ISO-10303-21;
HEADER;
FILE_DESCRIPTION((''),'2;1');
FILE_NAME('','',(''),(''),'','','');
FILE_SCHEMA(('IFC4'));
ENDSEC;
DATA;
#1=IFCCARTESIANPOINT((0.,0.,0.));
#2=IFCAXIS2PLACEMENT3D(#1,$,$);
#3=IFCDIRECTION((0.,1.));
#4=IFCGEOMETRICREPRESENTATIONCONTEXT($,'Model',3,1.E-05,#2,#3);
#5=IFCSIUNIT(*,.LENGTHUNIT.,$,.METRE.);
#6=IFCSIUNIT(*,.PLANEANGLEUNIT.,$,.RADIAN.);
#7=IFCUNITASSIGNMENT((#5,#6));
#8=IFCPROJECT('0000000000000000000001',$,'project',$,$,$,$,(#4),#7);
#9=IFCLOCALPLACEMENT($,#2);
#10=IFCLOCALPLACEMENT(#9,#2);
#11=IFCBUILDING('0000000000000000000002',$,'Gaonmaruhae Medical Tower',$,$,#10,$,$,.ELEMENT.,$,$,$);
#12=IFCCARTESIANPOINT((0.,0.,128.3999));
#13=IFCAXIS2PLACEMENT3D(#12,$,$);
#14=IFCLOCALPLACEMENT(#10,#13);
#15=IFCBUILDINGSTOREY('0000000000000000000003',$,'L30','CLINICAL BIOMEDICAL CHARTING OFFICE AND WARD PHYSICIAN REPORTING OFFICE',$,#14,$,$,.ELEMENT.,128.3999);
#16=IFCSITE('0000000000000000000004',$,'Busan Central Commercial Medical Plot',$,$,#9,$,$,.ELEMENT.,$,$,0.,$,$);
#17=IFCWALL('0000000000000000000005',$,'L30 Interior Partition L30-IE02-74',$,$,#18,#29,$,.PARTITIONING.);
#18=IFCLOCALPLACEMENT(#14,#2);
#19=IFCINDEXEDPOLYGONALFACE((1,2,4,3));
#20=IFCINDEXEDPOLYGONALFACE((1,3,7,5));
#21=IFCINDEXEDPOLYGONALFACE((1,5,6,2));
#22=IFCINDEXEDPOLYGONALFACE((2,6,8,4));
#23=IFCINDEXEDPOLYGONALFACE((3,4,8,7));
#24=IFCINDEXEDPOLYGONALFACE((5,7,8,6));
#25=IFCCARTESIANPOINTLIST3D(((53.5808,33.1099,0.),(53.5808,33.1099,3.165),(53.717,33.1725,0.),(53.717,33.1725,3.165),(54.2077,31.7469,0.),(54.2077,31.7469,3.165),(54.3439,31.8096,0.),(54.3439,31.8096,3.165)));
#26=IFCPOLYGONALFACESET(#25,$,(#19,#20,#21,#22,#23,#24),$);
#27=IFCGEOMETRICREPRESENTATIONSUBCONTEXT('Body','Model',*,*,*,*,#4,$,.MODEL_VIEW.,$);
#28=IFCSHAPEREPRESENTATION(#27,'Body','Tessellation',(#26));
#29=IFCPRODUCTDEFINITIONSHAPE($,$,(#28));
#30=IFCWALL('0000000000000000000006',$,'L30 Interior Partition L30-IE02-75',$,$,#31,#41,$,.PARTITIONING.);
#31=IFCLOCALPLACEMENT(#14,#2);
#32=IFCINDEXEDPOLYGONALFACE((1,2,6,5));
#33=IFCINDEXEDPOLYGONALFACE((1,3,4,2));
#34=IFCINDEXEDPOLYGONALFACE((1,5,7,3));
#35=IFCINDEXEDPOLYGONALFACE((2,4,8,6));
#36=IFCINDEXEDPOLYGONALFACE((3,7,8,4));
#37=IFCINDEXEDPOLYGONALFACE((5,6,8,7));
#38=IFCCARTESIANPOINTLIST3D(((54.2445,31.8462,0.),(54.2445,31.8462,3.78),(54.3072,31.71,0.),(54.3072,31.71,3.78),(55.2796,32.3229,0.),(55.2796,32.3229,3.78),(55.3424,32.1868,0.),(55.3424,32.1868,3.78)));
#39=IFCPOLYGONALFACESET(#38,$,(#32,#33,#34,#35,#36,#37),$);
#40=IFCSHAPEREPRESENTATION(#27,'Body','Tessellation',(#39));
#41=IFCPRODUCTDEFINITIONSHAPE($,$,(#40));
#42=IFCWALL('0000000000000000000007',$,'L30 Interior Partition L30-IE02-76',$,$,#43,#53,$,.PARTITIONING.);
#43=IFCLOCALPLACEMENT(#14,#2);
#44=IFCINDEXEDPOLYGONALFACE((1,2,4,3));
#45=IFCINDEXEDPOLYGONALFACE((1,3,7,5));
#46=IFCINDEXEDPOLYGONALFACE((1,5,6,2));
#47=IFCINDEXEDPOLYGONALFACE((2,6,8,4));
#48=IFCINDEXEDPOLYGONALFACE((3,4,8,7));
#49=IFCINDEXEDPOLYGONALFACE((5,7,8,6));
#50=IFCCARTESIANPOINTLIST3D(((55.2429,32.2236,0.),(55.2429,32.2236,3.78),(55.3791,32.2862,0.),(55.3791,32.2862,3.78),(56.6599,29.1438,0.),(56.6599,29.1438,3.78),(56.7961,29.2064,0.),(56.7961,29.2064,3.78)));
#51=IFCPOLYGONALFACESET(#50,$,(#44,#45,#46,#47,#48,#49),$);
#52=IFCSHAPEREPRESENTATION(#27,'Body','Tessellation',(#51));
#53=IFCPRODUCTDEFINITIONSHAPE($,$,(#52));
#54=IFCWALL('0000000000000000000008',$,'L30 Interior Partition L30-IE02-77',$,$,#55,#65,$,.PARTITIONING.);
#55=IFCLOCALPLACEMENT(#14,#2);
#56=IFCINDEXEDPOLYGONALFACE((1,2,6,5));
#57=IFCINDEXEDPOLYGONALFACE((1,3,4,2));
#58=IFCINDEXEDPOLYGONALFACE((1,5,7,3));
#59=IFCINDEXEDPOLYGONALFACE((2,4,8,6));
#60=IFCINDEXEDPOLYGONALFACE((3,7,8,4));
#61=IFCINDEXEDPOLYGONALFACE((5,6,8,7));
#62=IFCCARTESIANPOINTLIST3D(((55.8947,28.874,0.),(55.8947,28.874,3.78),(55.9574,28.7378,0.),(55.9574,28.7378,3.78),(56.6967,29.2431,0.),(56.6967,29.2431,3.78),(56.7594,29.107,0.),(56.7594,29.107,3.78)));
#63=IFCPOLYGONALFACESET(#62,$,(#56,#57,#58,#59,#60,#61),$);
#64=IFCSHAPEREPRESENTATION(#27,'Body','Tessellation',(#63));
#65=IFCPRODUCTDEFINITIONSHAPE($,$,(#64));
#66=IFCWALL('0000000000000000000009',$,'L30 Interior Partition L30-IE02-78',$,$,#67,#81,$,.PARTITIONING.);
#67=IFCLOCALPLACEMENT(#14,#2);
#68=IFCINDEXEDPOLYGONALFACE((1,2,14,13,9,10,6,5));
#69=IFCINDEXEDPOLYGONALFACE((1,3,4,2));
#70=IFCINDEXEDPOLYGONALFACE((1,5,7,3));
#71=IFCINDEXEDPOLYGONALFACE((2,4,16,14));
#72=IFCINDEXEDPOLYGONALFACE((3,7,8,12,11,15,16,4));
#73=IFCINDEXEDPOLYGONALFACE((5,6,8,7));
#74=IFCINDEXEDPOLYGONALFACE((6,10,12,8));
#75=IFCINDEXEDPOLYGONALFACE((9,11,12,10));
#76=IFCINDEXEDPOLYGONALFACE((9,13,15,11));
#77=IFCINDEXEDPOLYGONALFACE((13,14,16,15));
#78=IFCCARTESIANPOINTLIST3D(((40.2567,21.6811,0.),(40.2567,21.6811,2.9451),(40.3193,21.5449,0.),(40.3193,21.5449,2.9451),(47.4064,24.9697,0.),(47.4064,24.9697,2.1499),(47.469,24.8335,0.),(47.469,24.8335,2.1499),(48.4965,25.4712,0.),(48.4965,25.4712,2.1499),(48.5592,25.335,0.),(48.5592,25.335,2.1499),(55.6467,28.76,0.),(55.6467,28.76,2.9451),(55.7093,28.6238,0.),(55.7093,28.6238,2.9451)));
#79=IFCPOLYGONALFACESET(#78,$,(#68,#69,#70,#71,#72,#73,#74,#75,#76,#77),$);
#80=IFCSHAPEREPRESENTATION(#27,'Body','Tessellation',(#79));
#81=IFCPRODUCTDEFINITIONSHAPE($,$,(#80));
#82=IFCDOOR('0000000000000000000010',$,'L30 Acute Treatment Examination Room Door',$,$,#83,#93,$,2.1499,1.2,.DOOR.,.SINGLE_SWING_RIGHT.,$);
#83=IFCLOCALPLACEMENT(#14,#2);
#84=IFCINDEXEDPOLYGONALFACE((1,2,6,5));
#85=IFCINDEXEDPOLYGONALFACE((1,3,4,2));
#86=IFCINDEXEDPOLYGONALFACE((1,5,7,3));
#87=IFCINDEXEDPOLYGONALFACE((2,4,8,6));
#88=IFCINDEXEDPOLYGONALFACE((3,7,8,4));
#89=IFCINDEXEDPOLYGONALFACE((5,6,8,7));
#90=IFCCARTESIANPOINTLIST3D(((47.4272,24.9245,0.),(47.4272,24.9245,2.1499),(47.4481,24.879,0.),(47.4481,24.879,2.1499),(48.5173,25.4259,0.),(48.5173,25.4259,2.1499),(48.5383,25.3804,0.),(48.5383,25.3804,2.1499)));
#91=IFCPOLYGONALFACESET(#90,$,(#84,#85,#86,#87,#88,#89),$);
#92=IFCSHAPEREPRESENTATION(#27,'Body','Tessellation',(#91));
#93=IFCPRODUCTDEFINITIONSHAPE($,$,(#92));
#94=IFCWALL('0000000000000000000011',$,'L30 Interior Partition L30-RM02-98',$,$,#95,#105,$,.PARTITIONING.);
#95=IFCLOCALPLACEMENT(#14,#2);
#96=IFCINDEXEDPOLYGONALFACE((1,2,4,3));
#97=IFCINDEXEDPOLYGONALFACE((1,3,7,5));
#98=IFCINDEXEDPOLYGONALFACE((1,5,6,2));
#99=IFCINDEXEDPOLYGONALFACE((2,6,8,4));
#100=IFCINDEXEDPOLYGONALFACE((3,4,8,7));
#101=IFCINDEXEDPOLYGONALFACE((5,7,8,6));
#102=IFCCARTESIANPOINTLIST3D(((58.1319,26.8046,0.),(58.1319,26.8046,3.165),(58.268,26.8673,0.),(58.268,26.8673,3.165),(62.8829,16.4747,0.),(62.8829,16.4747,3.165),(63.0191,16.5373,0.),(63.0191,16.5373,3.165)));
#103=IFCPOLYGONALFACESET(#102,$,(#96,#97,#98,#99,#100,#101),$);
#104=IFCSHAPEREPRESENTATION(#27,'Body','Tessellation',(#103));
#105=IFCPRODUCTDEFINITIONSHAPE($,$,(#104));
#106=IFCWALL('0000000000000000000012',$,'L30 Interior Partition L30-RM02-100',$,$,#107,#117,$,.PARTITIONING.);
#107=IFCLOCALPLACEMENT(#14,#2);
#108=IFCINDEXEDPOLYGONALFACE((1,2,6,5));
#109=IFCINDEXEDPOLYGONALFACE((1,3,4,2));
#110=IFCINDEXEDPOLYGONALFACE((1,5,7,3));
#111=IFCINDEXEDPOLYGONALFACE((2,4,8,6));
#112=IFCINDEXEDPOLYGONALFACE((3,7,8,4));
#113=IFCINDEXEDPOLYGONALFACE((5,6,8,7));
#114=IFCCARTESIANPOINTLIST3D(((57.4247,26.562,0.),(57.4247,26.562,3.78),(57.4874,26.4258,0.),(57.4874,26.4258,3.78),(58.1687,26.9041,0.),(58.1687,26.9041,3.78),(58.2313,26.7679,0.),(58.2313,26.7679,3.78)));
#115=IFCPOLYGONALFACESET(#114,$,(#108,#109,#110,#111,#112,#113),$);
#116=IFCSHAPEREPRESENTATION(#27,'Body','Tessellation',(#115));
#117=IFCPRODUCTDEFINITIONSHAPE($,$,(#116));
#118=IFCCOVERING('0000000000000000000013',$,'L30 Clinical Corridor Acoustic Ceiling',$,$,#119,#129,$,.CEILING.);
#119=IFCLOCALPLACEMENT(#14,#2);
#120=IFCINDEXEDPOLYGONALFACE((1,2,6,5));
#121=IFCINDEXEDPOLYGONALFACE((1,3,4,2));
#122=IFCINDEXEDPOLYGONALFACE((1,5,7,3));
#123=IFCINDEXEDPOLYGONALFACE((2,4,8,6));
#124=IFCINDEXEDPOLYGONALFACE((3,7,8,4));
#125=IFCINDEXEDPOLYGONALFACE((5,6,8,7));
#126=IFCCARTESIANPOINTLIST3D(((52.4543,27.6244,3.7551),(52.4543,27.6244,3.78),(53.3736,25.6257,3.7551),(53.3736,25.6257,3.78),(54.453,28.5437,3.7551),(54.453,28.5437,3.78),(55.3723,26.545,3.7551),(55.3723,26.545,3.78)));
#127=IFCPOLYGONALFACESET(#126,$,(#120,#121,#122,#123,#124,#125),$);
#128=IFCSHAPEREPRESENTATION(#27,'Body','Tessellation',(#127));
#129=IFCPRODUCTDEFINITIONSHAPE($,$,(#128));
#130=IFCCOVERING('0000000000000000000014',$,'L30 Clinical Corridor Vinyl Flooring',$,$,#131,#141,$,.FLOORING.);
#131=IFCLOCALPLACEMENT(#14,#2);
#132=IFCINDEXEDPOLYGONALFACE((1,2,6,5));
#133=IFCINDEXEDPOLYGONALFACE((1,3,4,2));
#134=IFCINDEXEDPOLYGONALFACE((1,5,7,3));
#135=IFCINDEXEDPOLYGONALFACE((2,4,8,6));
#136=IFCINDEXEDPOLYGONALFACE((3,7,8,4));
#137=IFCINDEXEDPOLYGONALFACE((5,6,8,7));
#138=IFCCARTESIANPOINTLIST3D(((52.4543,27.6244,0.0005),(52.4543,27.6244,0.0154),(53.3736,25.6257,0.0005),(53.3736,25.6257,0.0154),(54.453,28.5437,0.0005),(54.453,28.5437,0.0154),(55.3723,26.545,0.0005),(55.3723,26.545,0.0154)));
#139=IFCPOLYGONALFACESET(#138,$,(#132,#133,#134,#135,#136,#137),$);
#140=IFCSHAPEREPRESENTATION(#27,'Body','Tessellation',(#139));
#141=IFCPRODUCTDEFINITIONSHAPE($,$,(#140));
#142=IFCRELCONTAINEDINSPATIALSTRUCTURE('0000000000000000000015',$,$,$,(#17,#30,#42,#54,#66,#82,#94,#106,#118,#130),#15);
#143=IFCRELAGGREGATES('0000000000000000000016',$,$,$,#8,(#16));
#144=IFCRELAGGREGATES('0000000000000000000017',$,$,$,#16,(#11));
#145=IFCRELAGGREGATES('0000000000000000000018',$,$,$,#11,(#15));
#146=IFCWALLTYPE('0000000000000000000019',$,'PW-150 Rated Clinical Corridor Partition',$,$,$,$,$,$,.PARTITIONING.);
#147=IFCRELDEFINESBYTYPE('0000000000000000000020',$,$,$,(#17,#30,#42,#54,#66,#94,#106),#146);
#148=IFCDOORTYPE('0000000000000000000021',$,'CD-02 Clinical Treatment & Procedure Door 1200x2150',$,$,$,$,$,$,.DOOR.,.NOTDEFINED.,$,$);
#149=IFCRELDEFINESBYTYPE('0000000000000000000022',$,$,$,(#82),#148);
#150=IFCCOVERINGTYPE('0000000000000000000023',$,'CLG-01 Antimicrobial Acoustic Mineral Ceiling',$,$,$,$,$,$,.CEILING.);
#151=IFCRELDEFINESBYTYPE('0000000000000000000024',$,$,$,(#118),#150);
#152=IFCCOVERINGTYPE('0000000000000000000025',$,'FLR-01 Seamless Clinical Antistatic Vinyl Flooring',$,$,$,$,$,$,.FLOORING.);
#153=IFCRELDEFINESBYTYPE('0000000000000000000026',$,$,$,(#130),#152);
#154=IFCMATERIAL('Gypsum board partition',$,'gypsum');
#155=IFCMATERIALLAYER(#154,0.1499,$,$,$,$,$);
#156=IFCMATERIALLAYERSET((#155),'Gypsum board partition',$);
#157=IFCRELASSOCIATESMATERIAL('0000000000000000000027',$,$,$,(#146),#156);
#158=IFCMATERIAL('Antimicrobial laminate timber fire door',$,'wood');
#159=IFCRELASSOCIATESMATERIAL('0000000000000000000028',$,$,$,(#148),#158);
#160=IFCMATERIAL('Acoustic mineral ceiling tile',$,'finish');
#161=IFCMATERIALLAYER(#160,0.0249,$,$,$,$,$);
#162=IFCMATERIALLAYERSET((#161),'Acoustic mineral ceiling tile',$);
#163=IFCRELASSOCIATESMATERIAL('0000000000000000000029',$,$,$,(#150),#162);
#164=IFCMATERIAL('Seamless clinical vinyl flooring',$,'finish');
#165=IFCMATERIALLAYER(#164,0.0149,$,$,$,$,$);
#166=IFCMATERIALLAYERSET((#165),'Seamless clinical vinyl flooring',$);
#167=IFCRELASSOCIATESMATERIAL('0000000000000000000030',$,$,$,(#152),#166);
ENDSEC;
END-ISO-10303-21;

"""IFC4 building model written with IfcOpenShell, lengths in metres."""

from ifc_helpers import new_model, si_unit, direction, frame, frame_2d, origin, origin_2d, place, context, subcontext, project, spatial, rectangle, extrude, material, layer, layer_set, type_object, element, fill, save


model = new_model("IFC4")

# Units and contexts
model_context = context("Model", 3, precision=1e-05, world=origin(), true_north=direction((0.0, 1.0)))
body_context = subcontext(model_context, "Body", "Model", "MODEL_VIEW")
ifc_project = project(units=[si_unit("LENGTHUNIT", "METRE"), si_unit("PLANEANGLEUNIT", "RADIAN")], contexts=[model_context])

# Site, building, storey
site_placement = place(None, origin())
site = spatial("IfcSite", under=ifc_project, at=site_placement, Name="Busan Central Commercial Medical Plot", CompositionType="ELEMENT", RefElevation=0.0)
building_placement = place(site_placement, origin())
building = spatial("IfcBuilding", under=site, at=building_placement, Name="Gaonmaruhae Medical Tower", CompositionType="ELEMENT")
storey_placement = place(building_placement, frame((0.0, 0.0, 128.3999)))
storey = spatial("IfcBuildingStorey", under=building, at=storey_placement, Name="L30", Description="CLINICAL BIOMEDICAL CHARTING OFFICE AND WARD PHYSICIAN REPORTING OFFICE", CompositionType="ELEMENT", Elevation=128.3999)

# Walls
ifc_material_1 = material(Name="Gypsum board partition", Category="gypsum")
ifc_layer_1 = layer(ifc_material_1, 0.1499)
ifc_layer_set_1 = layer_set([ifc_layer_1], Name="Gypsum board partition")
wall_type_1 = type_object("IfcWallType", Name="PW-150 Rated Clinical Corridor Partition", PredefinedType="PARTITIONING", material=ifc_layer_set_1)
wall_1_placement = place(storey_placement, frame((53.6489, 33.1411, 0.0), z_axis=(0.0, 0.0, 1.0), x_axis=(0.417881, -0.908502, 0.0)))
element("IfcWall", 1, at=wall_1_placement, inside=storey, type_object=wall_type_1, Name="L30 Interior Partition L30-IE02-74", PredefinedType="PARTITIONING", context=body_context, shape_type="SweptSolid", body=[
    extrude(rectangle(XDim=1.5002, YDim=0.1499, at=frame_2d((0.75, 0.0))), origin(), (0.0, 0.0, 1.0), 3.165),
])
wall_2_placement = place(storey_placement, frame((54.2759, 31.7781, 0.0), z_axis=(0.0, 0.0, 1.0), x_axis=(0.908279, 0.418365, 0.0)))
element("IfcWall", 2, at=wall_2_placement, inside=storey, type_object=wall_type_1, Name="L30 Interior Partition L30-IE02-75", PredefinedType="PARTITIONING", context=body_context, shape_type="SweptSolid", body=[
    extrude(rectangle(XDim=1.1396, YDim=0.1499, at=frame_2d((0.5698, 0.0))), origin(), (0.0, 0.0, 1.0), 3.78),
])
wall_3_placement = place(storey_placement, frame((55.311, 32.2549, 0.0), z_axis=(0.0, 0.0, 1.0), x_axis=(0.417971, -0.90846, 0.0)))
element("IfcWall", 3, at=wall_3_placement, inside=storey, type_object=wall_type_1, Name="L30 Interior Partition L30-IE02-76", PredefinedType="PARTITIONING", context=body_context, shape_type="SweptSolid", body=[
    extrude(rectangle(XDim=3.3901, YDim=0.1499, at=frame_2d((1.6951, 0.0))), origin(), (0.0, 0.0, 1.0), 3.78),
])
wall_4_placement = place(storey_placement, frame((56.728, 29.175, 0.0), z_axis=(0.0, 0.0, 1.0), x_axis=(-0.908396, -0.418111, 0.0)))
element("IfcWall", 4, at=wall_4_placement, inside=storey, type_object=wall_type_1, Name="L30 Interior Partition L30-IE02-77", PredefinedType="PARTITIONING", context=body_context, shape_type="SweptSolid", body=[
    extrude(rectangle(XDim=0.8828, YDim=0.1499, at=frame_2d((0.4414, 0.0))), origin(), (0.0, 0.0, 1.0), 3.78),
])

# Wall, opening, door
wall_5_placement = place(storey_placement, frame((55.678, 28.6919, 0.0), z_axis=(0.0, 0.0, 1.0), x_axis=(-0.908502, -0.417882, 0.0)))
wall_5 = element("IfcWall", 5, at=wall_5_placement, inside=storey, type_object=wall_type_1, Name="L30 Interior Partition L30-IE02-78", PredefinedType="PARTITIONING", context=body_context, shape_type="SweptSolid", body=[
    extrude(rectangle(XDim=16.9399, YDim=0.1499, at=frame_2d((8.47, 0.0))), origin(), (0.0, 0.0, 1.0), 2.9451),
])
opening_placement = place(wall_5_placement, frame((7.8701, 0.0, 0.0)))
opening = element("IfcOpeningElement", 6, at=opening_placement, cuts=wall_5, PredefinedType="OPENING", context=body_context, shape_type="SweptSolid", body=[
    extrude(rectangle(XDim=1.2, YDim=2.1499, at=frame_2d((0.6001, 1.075))), frame((0.0, 0.085, 0.0), z_axis=(0.0, -1.0, 0.0), x_axis=(1.0, 0.0, 0.0)), (0.0, 0.0, 1.0), 0.1699),
])
ifc_material_2 = material(Name="Antimicrobial laminate timber fire door", Category="wood")
door_type = type_object("IfcDoorType", Name="CD-02 Clinical Treatment & Procedure Door 1200x2150", OperationType="NOTDEFINED", PredefinedType="DOOR", material=ifc_material_2)
door_placement = place(opening_placement, origin())
door = element("IfcDoor", 7, at=door_placement, inside=storey, type_object=door_type, Name="L30 Acute Treatment Examination Room Door", OperationType="SINGLE_SWING_RIGHT", OverallHeight=2.1499, OverallWidth=1.2, PredefinedType="DOOR", context=body_context, shape_type="SweptSolid", body=[
    extrude(rectangle(XDim=1.2, YDim=2.1499, at=frame_2d((0.6001, 1.075))), frame((0.0, 0.0249, 0.0), z_axis=(0.0, -1.0, 0.0), x_axis=(1.0, 0.0, 0.0)), (0.0, 0.0, 1.0), 0.05),
])
fill(opening, door)

# Walls
wall_6_placement = place(storey_placement, frame((58.2, 26.8359, 0.0), z_axis=(0.0, 0.0, 1.0), x_axis=(0.417851, -0.908515, 0.0)))
element("IfcWall", 8, at=wall_6_placement, inside=storey, type_object=wall_type_1, Name="L30 Interior Partition L30-RM02-98", PredefinedType="PARTITIONING", context=body_context, shape_type="SweptSolid", body=[
    extrude(rectangle(XDim=11.3701, YDim=0.1499, at=frame_2d((5.6851, 0.0))), origin(), (0.0, 0.0, 1.0), 3.165),
])
wall_7_placement = place(storey_placement, frame((57.4561, 26.4939, 0.0), z_axis=(0.0, 0.0, 1.0), x_axis=(0.908561, 0.417753, 0.0)))
element("IfcWall", 9, at=wall_7_placement, inside=storey, type_object=wall_type_1, Name="L30 Interior Partition L30-RM02-100", PredefinedType="PARTITIONING", context=body_context, shape_type="SweptSolid", body=[
    extrude(rectangle(XDim=0.8188, YDim=0.1499, at=frame_2d((0.4094, 0.0))), origin(), (0.0, 0.0, 1.0), 3.78),
])

# Coverings
ifc_material_3 = material(Name="Acoustic mineral ceiling tile", Category="finish")
ifc_layer_2 = layer(ifc_material_3, 0.0249)
ifc_layer_set_2 = layer_set([ifc_layer_2], Name="Acoustic mineral ceiling tile")
covering_type_1 = type_object("IfcCoveringType", Name="CLG-01 Antimicrobial Acoustic Mineral Ceiling", PredefinedType="CEILING", material=ifc_layer_set_2)
covering_1_placement = place(storey_placement, frame((53.9133, 27.0847, 3.7551), z_axis=(0.0, 0.0, 1.0), x_axis=(0.908508, 0.417867, 0.0)))
element("IfcCovering", 10, at=covering_1_placement, inside=storey, type_object=covering_type_1, Name="L30 Clinical Corridor Acoustic Ceiling", PredefinedType="CEILING", context=body_context, shape_type="SweptSolid", body=[
    extrude(rectangle(XDim=2.2, YDim=2.2, at=origin_2d()), origin(), (0.0, 0.0, 1.0), 0.0249),
])
ifc_material_4 = material(Name="Seamless clinical vinyl flooring", Category="finish")
ifc_layer_3 = layer(ifc_material_4, 0.0149)
ifc_layer_set_3 = layer_set([ifc_layer_3], Name="Seamless clinical vinyl flooring")
covering_type_2 = type_object("IfcCoveringType", Name="FLR-01 Seamless Clinical Antistatic Vinyl Flooring", PredefinedType="FLOORING", material=ifc_layer_set_3)
covering_2_placement = place(storey_placement, frame((53.9133, 27.0847, 0.0005), z_axis=(0.0, 0.0, 1.0), x_axis=(0.908508, 0.417867, 0.0)))
element("IfcCovering", 11, at=covering_2_placement, inside=storey, type_object=covering_type_2, Name="L30 Clinical Corridor Vinyl Flooring", PredefinedType="FLOORING", context=body_context, shape_type="SweptSolid", body=[
    extrude(rectangle(XDim=2.2, YDim=2.2, at=origin_2d()), origin(), (0.0, 0.0, 1.0), 0.0149),
])

save(model, "model.ifc")
